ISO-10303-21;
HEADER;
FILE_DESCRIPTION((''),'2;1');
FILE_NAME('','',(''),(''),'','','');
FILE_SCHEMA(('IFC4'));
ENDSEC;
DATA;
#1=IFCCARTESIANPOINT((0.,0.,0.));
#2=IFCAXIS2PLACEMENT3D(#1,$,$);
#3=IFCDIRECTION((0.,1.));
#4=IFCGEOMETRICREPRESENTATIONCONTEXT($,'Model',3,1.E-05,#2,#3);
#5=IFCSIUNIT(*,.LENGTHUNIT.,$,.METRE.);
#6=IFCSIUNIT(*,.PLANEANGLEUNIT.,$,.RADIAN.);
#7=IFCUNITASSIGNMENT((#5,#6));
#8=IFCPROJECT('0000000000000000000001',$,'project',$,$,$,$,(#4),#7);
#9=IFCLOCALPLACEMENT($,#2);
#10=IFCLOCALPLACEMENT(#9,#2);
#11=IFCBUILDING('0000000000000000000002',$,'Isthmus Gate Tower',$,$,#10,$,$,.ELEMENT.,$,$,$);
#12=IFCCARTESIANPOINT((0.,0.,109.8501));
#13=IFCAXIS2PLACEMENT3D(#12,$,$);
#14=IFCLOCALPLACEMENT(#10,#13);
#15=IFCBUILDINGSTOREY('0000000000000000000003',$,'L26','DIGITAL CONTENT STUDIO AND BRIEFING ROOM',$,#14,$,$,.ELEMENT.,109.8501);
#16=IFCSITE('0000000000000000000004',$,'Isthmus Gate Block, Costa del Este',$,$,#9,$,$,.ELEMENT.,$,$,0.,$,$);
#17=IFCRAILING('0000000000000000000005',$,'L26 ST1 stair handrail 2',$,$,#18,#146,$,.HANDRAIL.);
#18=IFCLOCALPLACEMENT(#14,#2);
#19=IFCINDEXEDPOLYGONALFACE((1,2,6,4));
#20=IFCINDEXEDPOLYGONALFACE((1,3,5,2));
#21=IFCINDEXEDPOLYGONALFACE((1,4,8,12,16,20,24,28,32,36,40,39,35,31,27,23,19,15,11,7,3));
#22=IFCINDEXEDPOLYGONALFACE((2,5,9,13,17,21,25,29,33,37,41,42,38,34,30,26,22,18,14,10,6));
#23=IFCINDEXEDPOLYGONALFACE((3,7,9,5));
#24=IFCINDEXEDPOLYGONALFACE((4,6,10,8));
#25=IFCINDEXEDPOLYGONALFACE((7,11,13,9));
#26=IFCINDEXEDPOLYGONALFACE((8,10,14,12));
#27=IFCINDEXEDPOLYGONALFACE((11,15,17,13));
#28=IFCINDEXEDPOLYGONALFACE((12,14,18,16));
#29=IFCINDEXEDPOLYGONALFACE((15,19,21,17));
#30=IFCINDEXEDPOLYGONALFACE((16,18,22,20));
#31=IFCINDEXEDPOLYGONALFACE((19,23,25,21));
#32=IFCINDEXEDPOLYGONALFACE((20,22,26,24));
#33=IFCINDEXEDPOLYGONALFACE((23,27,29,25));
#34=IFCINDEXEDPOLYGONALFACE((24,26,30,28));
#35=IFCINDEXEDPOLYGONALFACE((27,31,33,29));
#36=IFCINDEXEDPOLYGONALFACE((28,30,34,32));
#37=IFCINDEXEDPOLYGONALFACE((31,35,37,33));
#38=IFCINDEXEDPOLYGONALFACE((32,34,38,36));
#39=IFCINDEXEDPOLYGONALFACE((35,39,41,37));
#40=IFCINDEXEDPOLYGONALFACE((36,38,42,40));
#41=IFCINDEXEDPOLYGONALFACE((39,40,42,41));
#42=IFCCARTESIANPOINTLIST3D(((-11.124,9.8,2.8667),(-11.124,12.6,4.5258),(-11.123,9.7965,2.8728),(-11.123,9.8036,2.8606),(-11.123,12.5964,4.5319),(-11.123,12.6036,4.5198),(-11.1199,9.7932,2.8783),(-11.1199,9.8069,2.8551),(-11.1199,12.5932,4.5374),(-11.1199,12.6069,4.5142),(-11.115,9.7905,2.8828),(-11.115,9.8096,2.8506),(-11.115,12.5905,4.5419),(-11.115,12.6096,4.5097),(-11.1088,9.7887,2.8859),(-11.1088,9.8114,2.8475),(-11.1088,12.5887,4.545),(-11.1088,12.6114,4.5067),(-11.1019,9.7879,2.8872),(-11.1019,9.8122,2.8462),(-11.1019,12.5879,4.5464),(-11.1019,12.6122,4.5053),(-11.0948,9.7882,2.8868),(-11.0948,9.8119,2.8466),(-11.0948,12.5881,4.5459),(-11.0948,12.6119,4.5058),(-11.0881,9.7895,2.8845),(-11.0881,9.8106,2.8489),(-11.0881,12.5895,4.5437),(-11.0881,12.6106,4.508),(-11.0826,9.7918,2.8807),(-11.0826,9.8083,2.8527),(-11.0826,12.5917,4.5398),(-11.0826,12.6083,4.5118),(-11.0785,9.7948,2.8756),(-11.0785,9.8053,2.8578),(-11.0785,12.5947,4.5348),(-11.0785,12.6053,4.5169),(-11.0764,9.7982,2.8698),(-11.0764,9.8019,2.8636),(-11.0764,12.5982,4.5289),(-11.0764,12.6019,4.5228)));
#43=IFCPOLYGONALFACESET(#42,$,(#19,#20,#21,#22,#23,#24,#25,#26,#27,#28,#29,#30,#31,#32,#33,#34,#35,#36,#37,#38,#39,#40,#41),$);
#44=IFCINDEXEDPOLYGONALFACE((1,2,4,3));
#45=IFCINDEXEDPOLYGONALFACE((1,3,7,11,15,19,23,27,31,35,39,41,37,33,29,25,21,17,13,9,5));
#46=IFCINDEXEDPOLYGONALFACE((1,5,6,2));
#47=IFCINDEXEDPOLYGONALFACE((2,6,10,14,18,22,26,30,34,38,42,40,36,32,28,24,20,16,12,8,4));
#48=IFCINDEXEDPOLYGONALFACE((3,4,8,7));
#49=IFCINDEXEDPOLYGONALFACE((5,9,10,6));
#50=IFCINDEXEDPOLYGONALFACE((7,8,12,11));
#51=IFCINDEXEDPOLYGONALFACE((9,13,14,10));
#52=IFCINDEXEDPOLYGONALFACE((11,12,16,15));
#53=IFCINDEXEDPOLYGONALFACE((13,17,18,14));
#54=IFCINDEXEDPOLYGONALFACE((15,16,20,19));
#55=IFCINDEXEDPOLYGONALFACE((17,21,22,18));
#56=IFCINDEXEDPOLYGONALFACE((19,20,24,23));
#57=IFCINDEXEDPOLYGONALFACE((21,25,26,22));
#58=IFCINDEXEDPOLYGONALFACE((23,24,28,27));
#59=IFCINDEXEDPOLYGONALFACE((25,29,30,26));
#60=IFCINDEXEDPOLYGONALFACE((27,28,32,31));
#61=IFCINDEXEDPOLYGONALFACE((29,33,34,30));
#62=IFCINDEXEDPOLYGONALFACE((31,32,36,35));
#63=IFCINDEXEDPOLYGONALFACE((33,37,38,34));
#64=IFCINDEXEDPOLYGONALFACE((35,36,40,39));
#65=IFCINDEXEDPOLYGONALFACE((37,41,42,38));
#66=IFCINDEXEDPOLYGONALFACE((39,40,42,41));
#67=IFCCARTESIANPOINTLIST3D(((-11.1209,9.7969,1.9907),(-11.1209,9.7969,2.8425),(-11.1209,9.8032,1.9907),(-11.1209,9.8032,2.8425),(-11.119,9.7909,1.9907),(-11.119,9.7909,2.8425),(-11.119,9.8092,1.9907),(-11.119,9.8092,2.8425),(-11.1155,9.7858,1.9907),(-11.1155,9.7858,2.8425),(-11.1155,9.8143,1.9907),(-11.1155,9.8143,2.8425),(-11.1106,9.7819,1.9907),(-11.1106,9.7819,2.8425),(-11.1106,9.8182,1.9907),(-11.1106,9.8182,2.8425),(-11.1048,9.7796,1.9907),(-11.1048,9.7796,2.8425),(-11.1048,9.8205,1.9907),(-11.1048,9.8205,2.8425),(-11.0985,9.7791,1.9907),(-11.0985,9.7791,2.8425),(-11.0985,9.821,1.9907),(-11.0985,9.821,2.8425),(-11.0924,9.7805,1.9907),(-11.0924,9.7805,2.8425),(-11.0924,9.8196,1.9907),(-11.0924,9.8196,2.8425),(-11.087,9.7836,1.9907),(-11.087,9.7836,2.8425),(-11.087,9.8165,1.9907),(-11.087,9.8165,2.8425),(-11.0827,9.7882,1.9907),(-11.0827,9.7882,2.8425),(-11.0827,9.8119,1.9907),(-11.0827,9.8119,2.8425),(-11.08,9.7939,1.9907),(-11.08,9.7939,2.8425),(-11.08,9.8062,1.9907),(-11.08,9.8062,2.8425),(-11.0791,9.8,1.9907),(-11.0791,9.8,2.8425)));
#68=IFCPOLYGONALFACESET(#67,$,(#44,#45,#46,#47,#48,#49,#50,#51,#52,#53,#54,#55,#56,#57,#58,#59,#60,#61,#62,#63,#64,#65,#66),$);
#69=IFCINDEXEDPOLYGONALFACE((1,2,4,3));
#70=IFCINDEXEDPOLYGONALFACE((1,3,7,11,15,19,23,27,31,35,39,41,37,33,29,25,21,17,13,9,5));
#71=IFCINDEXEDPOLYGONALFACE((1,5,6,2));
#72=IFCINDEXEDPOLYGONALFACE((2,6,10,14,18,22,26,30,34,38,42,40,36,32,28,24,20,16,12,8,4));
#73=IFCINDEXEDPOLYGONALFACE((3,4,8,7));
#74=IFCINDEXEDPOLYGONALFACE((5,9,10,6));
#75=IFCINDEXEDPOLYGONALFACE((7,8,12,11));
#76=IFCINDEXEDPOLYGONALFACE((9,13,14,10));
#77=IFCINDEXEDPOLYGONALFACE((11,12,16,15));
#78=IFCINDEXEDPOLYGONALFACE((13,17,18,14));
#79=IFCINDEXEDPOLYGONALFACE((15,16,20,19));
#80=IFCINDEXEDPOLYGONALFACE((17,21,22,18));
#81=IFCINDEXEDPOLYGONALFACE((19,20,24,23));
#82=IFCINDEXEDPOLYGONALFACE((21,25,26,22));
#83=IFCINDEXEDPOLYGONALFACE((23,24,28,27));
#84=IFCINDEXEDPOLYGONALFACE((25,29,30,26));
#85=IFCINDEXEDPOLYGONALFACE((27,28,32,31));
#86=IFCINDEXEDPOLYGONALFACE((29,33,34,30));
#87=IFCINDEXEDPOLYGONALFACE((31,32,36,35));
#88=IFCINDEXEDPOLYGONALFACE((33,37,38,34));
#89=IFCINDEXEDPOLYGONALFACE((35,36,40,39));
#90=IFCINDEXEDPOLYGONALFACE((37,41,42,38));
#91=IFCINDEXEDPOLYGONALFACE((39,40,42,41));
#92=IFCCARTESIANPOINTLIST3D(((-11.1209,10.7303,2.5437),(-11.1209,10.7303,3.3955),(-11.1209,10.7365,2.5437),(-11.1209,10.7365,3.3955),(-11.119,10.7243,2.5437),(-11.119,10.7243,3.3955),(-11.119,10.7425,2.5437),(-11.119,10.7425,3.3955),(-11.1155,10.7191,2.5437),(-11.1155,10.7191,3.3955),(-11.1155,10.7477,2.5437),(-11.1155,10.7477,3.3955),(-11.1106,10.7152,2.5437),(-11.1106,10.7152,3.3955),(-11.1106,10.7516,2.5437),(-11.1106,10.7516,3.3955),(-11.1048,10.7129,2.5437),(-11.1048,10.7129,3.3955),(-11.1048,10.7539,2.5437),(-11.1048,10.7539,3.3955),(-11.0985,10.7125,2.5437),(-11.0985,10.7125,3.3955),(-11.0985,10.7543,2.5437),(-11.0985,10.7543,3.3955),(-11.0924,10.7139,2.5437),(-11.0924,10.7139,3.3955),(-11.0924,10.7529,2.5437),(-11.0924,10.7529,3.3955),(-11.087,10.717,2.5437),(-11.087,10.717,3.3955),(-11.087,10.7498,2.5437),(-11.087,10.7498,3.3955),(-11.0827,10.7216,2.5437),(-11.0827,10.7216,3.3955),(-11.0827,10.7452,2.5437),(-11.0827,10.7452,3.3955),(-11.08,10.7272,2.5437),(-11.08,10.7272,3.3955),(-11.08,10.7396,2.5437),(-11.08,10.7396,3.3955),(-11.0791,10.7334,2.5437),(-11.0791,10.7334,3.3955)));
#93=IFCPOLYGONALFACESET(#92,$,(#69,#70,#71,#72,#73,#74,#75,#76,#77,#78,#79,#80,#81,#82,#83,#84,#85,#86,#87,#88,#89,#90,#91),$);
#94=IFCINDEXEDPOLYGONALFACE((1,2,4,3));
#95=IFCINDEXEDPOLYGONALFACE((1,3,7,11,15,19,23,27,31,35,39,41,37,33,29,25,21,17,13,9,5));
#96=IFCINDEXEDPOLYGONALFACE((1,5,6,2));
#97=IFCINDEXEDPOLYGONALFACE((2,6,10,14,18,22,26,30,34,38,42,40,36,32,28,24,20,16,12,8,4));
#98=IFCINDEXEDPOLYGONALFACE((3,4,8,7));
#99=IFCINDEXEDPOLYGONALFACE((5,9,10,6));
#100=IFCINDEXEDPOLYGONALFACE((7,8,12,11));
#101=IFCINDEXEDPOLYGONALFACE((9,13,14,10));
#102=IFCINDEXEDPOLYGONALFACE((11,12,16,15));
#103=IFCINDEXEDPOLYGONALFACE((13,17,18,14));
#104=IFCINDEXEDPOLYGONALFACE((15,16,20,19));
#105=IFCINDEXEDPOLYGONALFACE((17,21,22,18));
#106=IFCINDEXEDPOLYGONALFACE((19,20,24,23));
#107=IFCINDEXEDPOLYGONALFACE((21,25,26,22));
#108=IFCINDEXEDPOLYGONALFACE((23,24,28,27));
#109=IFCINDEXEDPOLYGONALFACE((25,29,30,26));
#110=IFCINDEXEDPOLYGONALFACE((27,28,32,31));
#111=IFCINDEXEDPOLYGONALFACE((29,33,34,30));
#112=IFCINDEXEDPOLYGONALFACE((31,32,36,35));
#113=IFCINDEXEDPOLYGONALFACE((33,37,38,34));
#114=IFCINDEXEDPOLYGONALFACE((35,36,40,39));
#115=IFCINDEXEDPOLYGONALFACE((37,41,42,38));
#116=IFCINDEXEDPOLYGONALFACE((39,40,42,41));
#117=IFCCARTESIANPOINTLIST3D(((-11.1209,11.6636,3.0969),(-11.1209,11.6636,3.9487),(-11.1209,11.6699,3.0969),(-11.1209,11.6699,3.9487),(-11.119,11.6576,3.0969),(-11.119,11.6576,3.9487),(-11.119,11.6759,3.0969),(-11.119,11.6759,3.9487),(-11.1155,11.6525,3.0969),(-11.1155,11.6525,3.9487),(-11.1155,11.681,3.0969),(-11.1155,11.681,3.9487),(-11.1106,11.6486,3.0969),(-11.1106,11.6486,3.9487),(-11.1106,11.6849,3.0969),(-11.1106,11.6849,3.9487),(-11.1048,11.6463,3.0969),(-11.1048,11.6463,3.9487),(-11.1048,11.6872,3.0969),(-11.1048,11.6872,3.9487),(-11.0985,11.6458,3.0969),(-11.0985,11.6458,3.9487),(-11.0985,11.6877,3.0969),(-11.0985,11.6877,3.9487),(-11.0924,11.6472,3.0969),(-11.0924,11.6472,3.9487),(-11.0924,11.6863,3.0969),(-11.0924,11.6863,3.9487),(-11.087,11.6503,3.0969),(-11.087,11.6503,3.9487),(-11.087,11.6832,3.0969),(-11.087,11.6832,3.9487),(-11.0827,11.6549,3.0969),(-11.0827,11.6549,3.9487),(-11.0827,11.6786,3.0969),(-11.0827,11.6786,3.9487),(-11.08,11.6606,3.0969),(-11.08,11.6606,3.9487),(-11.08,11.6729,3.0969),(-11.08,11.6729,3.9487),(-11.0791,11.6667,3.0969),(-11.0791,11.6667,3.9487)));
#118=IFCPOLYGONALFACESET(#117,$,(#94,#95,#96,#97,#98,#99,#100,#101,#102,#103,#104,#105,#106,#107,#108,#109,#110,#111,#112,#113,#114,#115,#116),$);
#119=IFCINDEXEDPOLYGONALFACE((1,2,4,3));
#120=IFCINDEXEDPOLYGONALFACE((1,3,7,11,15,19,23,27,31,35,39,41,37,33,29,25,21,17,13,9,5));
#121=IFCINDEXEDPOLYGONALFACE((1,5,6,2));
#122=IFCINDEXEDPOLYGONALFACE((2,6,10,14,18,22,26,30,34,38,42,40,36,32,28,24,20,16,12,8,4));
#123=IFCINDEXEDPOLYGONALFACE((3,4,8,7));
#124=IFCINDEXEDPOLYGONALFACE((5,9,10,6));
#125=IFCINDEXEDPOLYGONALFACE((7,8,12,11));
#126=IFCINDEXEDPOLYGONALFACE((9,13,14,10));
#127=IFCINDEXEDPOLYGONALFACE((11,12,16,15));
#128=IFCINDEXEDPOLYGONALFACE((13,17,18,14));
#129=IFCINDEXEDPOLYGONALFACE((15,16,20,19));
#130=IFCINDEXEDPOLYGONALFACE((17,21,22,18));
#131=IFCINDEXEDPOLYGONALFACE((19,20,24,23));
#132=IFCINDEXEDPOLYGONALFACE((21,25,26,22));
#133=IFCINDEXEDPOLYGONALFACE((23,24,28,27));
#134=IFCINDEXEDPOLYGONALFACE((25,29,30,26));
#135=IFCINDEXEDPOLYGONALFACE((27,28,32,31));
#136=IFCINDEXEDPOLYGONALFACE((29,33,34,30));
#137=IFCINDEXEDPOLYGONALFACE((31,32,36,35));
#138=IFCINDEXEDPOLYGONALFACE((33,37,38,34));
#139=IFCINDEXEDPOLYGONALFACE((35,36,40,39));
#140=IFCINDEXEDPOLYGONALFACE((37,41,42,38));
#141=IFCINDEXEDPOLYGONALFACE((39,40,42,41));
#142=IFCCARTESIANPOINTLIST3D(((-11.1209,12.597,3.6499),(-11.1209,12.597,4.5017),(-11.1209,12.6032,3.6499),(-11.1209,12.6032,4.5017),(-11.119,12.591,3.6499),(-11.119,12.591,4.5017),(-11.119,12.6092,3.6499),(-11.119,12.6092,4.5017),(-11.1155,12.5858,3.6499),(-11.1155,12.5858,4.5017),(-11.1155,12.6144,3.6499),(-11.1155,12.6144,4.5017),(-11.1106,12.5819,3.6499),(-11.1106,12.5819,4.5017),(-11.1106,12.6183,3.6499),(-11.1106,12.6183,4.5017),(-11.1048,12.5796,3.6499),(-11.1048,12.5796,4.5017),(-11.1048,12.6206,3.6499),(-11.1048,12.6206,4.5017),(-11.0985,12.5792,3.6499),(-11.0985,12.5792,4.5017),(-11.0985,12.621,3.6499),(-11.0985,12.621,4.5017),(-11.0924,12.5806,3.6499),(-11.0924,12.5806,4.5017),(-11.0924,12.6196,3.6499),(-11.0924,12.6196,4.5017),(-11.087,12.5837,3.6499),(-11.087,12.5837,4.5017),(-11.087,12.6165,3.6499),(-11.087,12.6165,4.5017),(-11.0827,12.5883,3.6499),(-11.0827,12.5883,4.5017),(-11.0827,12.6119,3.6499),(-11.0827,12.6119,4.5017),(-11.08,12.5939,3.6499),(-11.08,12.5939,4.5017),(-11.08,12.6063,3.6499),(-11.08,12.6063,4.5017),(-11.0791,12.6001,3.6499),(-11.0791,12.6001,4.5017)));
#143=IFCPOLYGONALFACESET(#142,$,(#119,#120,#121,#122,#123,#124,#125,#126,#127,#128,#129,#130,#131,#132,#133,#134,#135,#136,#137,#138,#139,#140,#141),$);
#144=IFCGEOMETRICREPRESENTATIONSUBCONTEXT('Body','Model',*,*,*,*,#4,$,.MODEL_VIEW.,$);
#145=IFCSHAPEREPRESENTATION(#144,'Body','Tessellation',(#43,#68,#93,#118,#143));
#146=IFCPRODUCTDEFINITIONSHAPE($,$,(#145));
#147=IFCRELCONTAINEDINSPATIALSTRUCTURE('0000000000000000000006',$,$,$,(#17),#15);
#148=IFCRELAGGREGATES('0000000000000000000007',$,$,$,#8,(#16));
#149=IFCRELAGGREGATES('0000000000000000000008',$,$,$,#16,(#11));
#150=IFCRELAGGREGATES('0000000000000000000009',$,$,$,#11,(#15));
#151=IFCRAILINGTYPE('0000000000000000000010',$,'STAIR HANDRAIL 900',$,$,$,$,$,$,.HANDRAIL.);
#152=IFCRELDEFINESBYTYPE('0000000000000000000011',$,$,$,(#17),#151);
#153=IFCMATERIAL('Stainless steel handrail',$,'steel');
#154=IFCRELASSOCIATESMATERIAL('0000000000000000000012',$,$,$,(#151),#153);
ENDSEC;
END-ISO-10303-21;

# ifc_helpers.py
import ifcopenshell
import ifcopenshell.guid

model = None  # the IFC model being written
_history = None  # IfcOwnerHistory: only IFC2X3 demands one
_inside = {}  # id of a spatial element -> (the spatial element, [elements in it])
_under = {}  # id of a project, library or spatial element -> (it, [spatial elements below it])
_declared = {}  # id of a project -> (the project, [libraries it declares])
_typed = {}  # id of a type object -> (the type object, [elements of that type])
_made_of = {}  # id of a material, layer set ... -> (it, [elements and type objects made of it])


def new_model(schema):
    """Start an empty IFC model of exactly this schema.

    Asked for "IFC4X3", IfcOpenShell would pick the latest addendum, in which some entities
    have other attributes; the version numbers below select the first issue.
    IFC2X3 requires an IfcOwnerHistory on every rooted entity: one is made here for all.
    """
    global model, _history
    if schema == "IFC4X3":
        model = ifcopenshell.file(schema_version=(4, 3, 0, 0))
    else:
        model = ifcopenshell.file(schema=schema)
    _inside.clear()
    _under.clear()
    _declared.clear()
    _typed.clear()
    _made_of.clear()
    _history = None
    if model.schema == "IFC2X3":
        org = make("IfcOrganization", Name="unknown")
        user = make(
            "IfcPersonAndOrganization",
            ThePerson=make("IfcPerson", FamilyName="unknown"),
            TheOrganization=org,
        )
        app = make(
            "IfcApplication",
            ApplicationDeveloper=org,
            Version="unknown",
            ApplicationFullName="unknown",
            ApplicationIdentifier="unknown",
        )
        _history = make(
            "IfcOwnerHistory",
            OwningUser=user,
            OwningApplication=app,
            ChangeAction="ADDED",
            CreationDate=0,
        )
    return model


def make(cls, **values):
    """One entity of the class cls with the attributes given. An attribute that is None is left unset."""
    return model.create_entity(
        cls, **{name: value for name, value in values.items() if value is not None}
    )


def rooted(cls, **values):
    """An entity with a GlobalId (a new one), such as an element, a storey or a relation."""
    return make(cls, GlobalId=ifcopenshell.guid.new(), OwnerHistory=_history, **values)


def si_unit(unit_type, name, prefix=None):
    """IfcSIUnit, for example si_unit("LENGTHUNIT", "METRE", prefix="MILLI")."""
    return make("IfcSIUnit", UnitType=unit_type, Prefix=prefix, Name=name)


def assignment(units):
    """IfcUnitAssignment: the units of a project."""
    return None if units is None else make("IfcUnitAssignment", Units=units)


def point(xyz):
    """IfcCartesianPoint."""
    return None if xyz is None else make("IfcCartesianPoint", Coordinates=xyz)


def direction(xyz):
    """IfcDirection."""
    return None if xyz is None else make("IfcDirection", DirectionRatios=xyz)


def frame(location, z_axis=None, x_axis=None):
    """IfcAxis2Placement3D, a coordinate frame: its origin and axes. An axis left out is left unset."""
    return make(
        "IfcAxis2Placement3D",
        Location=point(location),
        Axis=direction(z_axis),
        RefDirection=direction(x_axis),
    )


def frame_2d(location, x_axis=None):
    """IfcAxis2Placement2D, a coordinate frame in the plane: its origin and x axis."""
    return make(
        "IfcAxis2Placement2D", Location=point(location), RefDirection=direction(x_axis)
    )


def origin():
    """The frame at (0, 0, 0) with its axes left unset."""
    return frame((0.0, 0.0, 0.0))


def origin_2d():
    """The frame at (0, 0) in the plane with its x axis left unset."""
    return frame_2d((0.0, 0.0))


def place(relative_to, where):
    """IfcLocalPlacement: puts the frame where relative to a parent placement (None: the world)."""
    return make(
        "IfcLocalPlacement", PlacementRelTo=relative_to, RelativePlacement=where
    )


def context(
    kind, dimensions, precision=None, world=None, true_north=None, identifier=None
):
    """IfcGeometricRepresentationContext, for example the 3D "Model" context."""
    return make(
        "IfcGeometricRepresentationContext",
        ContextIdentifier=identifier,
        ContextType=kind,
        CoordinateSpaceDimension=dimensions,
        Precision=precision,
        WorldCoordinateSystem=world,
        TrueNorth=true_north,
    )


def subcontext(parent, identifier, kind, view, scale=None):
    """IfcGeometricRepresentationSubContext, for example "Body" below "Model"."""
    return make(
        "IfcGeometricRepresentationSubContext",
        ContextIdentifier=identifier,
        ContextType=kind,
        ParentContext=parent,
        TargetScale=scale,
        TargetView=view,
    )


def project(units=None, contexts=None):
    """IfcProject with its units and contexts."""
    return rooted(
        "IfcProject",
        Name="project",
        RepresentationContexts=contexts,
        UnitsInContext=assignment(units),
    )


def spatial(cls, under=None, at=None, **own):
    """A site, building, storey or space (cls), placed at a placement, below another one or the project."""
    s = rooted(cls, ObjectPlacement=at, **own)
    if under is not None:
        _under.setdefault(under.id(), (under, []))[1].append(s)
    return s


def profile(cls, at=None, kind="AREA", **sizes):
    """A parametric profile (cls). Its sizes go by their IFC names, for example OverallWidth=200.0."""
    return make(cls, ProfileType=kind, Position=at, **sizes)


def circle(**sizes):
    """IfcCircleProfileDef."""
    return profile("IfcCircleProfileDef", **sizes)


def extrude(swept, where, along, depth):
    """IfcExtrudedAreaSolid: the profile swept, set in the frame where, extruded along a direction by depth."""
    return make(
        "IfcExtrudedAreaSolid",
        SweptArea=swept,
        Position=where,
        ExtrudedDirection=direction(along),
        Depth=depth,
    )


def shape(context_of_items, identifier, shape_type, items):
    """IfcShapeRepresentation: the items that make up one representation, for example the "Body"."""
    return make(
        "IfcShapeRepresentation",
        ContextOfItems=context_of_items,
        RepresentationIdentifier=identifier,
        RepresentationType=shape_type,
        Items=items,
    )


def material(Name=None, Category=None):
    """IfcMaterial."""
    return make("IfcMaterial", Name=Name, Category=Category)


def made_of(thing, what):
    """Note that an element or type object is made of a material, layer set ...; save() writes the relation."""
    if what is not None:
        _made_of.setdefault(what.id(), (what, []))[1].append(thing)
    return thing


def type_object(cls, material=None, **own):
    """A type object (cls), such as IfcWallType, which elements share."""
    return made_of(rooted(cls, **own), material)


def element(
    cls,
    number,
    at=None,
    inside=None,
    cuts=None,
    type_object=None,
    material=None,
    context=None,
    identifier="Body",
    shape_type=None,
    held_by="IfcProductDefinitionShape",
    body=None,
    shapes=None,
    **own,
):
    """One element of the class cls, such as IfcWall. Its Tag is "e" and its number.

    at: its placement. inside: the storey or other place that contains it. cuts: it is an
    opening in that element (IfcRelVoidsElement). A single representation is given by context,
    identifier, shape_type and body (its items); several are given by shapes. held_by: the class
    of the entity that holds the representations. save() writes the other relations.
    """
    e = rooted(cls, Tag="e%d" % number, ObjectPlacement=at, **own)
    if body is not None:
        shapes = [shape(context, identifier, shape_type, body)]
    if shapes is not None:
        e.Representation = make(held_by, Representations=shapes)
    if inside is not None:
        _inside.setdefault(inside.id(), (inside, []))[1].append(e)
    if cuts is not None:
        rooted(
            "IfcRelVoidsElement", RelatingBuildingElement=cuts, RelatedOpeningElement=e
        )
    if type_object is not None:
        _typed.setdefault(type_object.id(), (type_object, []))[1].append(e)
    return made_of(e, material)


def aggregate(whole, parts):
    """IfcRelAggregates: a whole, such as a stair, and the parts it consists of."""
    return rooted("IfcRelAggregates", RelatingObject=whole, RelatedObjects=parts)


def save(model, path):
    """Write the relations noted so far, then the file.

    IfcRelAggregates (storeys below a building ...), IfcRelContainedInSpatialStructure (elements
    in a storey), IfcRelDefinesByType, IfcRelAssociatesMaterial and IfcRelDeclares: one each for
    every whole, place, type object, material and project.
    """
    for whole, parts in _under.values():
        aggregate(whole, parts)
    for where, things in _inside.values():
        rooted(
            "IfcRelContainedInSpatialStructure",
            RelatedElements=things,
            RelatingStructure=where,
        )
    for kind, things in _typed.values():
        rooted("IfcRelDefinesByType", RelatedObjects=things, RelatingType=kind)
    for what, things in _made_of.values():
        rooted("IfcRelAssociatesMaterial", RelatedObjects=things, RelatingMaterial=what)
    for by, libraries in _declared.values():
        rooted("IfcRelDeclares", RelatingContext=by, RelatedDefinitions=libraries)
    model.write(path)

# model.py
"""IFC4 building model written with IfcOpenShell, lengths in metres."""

from ifc_helpers import new_model, si_unit, direction, frame, origin, origin_2d, place, context, subcontext, project, spatial, circle, extrude, material, type_object, element, save


model = new_model("IFC4")

# Units and contexts
model_context = context("Model", 3, precision=1e-05, world=origin(), true_north=direction((0.0, 1.0)))
body_context = subcontext(model_context, "Body", "Model", "MODEL_VIEW")
ifc_project = project(units=[si_unit("LENGTHUNIT", "METRE"), si_unit("PLANEANGLEUNIT", "RADIAN")], contexts=[model_context])

# Site, building, storey
site_placement = place(None, origin())
site = spatial("IfcSite", under=ifc_project, at=site_placement, Name="Isthmus Gate Block, Costa del Este", CompositionType="ELEMENT", RefElevation=0.0)
building_placement = place(site_placement, origin())
building = spatial("IfcBuilding", under=site, at=building_placement, Name="Isthmus Gate Tower", CompositionType="ELEMENT")
storey_placement = place(building_placement, frame((0.0, 0.0, 109.8501)))
storey = spatial("IfcBuildingStorey", under=building, at=storey_placement, Name="L26", Description="DIGITAL CONTENT STUDIO AND BRIEFING ROOM", CompositionType="ELEMENT", Elevation=109.8501)

# Railing
ifc_material_1 = material(Name="Stainless steel handrail", Category="steel")
railing_type_1 = type_object("IfcRailingType", Name="STAIR HANDRAIL 900", PredefinedType="HANDRAIL", material=ifc_material_1)
railing_1_placement = place(storey_placement, frame((-11.1001, 9.8, 1.9907)))
element("IfcRailing", 1, at=railing_1_placement, inside=storey, type_object=railing_type_1, Name="L26 ST1 stair handrail 2", PredefinedType="HANDRAIL", context=body_context, shape_type="SweptSolid", body=[
    extrude(circle(Radius=0.0239, at=origin_2d()), frame((0.0, 0.0, 0.876), z_axis=(0.0, 0.860306, 0.509778), x_axis=(-1.0, 0.0, 0.0)), (0.0, 0.0, 1.0), 3.2546),
    extrude(circle(Radius=0.021, at=origin_2d()), origin(), (0.0, 0.0, 1.0), 0.8518),
    extrude(circle(Radius=0.021, at=origin_2d()), frame((0.0, 0.9333, 0.553)), (0.0, 0.0, 1.0), 0.8518),
    extrude(circle(Radius=0.021, at=origin_2d()), frame((0.0, 1.8667, 1.1062)), (0.0, 0.0, 1.0), 0.8518),
    extrude(circle(Radius=0.021, at=origin_2d()), frame((0.0, 2.8, 1.6592)), (0.0, 0.0, 1.0), 0.8518),
])

save(model, "model.ifc")
